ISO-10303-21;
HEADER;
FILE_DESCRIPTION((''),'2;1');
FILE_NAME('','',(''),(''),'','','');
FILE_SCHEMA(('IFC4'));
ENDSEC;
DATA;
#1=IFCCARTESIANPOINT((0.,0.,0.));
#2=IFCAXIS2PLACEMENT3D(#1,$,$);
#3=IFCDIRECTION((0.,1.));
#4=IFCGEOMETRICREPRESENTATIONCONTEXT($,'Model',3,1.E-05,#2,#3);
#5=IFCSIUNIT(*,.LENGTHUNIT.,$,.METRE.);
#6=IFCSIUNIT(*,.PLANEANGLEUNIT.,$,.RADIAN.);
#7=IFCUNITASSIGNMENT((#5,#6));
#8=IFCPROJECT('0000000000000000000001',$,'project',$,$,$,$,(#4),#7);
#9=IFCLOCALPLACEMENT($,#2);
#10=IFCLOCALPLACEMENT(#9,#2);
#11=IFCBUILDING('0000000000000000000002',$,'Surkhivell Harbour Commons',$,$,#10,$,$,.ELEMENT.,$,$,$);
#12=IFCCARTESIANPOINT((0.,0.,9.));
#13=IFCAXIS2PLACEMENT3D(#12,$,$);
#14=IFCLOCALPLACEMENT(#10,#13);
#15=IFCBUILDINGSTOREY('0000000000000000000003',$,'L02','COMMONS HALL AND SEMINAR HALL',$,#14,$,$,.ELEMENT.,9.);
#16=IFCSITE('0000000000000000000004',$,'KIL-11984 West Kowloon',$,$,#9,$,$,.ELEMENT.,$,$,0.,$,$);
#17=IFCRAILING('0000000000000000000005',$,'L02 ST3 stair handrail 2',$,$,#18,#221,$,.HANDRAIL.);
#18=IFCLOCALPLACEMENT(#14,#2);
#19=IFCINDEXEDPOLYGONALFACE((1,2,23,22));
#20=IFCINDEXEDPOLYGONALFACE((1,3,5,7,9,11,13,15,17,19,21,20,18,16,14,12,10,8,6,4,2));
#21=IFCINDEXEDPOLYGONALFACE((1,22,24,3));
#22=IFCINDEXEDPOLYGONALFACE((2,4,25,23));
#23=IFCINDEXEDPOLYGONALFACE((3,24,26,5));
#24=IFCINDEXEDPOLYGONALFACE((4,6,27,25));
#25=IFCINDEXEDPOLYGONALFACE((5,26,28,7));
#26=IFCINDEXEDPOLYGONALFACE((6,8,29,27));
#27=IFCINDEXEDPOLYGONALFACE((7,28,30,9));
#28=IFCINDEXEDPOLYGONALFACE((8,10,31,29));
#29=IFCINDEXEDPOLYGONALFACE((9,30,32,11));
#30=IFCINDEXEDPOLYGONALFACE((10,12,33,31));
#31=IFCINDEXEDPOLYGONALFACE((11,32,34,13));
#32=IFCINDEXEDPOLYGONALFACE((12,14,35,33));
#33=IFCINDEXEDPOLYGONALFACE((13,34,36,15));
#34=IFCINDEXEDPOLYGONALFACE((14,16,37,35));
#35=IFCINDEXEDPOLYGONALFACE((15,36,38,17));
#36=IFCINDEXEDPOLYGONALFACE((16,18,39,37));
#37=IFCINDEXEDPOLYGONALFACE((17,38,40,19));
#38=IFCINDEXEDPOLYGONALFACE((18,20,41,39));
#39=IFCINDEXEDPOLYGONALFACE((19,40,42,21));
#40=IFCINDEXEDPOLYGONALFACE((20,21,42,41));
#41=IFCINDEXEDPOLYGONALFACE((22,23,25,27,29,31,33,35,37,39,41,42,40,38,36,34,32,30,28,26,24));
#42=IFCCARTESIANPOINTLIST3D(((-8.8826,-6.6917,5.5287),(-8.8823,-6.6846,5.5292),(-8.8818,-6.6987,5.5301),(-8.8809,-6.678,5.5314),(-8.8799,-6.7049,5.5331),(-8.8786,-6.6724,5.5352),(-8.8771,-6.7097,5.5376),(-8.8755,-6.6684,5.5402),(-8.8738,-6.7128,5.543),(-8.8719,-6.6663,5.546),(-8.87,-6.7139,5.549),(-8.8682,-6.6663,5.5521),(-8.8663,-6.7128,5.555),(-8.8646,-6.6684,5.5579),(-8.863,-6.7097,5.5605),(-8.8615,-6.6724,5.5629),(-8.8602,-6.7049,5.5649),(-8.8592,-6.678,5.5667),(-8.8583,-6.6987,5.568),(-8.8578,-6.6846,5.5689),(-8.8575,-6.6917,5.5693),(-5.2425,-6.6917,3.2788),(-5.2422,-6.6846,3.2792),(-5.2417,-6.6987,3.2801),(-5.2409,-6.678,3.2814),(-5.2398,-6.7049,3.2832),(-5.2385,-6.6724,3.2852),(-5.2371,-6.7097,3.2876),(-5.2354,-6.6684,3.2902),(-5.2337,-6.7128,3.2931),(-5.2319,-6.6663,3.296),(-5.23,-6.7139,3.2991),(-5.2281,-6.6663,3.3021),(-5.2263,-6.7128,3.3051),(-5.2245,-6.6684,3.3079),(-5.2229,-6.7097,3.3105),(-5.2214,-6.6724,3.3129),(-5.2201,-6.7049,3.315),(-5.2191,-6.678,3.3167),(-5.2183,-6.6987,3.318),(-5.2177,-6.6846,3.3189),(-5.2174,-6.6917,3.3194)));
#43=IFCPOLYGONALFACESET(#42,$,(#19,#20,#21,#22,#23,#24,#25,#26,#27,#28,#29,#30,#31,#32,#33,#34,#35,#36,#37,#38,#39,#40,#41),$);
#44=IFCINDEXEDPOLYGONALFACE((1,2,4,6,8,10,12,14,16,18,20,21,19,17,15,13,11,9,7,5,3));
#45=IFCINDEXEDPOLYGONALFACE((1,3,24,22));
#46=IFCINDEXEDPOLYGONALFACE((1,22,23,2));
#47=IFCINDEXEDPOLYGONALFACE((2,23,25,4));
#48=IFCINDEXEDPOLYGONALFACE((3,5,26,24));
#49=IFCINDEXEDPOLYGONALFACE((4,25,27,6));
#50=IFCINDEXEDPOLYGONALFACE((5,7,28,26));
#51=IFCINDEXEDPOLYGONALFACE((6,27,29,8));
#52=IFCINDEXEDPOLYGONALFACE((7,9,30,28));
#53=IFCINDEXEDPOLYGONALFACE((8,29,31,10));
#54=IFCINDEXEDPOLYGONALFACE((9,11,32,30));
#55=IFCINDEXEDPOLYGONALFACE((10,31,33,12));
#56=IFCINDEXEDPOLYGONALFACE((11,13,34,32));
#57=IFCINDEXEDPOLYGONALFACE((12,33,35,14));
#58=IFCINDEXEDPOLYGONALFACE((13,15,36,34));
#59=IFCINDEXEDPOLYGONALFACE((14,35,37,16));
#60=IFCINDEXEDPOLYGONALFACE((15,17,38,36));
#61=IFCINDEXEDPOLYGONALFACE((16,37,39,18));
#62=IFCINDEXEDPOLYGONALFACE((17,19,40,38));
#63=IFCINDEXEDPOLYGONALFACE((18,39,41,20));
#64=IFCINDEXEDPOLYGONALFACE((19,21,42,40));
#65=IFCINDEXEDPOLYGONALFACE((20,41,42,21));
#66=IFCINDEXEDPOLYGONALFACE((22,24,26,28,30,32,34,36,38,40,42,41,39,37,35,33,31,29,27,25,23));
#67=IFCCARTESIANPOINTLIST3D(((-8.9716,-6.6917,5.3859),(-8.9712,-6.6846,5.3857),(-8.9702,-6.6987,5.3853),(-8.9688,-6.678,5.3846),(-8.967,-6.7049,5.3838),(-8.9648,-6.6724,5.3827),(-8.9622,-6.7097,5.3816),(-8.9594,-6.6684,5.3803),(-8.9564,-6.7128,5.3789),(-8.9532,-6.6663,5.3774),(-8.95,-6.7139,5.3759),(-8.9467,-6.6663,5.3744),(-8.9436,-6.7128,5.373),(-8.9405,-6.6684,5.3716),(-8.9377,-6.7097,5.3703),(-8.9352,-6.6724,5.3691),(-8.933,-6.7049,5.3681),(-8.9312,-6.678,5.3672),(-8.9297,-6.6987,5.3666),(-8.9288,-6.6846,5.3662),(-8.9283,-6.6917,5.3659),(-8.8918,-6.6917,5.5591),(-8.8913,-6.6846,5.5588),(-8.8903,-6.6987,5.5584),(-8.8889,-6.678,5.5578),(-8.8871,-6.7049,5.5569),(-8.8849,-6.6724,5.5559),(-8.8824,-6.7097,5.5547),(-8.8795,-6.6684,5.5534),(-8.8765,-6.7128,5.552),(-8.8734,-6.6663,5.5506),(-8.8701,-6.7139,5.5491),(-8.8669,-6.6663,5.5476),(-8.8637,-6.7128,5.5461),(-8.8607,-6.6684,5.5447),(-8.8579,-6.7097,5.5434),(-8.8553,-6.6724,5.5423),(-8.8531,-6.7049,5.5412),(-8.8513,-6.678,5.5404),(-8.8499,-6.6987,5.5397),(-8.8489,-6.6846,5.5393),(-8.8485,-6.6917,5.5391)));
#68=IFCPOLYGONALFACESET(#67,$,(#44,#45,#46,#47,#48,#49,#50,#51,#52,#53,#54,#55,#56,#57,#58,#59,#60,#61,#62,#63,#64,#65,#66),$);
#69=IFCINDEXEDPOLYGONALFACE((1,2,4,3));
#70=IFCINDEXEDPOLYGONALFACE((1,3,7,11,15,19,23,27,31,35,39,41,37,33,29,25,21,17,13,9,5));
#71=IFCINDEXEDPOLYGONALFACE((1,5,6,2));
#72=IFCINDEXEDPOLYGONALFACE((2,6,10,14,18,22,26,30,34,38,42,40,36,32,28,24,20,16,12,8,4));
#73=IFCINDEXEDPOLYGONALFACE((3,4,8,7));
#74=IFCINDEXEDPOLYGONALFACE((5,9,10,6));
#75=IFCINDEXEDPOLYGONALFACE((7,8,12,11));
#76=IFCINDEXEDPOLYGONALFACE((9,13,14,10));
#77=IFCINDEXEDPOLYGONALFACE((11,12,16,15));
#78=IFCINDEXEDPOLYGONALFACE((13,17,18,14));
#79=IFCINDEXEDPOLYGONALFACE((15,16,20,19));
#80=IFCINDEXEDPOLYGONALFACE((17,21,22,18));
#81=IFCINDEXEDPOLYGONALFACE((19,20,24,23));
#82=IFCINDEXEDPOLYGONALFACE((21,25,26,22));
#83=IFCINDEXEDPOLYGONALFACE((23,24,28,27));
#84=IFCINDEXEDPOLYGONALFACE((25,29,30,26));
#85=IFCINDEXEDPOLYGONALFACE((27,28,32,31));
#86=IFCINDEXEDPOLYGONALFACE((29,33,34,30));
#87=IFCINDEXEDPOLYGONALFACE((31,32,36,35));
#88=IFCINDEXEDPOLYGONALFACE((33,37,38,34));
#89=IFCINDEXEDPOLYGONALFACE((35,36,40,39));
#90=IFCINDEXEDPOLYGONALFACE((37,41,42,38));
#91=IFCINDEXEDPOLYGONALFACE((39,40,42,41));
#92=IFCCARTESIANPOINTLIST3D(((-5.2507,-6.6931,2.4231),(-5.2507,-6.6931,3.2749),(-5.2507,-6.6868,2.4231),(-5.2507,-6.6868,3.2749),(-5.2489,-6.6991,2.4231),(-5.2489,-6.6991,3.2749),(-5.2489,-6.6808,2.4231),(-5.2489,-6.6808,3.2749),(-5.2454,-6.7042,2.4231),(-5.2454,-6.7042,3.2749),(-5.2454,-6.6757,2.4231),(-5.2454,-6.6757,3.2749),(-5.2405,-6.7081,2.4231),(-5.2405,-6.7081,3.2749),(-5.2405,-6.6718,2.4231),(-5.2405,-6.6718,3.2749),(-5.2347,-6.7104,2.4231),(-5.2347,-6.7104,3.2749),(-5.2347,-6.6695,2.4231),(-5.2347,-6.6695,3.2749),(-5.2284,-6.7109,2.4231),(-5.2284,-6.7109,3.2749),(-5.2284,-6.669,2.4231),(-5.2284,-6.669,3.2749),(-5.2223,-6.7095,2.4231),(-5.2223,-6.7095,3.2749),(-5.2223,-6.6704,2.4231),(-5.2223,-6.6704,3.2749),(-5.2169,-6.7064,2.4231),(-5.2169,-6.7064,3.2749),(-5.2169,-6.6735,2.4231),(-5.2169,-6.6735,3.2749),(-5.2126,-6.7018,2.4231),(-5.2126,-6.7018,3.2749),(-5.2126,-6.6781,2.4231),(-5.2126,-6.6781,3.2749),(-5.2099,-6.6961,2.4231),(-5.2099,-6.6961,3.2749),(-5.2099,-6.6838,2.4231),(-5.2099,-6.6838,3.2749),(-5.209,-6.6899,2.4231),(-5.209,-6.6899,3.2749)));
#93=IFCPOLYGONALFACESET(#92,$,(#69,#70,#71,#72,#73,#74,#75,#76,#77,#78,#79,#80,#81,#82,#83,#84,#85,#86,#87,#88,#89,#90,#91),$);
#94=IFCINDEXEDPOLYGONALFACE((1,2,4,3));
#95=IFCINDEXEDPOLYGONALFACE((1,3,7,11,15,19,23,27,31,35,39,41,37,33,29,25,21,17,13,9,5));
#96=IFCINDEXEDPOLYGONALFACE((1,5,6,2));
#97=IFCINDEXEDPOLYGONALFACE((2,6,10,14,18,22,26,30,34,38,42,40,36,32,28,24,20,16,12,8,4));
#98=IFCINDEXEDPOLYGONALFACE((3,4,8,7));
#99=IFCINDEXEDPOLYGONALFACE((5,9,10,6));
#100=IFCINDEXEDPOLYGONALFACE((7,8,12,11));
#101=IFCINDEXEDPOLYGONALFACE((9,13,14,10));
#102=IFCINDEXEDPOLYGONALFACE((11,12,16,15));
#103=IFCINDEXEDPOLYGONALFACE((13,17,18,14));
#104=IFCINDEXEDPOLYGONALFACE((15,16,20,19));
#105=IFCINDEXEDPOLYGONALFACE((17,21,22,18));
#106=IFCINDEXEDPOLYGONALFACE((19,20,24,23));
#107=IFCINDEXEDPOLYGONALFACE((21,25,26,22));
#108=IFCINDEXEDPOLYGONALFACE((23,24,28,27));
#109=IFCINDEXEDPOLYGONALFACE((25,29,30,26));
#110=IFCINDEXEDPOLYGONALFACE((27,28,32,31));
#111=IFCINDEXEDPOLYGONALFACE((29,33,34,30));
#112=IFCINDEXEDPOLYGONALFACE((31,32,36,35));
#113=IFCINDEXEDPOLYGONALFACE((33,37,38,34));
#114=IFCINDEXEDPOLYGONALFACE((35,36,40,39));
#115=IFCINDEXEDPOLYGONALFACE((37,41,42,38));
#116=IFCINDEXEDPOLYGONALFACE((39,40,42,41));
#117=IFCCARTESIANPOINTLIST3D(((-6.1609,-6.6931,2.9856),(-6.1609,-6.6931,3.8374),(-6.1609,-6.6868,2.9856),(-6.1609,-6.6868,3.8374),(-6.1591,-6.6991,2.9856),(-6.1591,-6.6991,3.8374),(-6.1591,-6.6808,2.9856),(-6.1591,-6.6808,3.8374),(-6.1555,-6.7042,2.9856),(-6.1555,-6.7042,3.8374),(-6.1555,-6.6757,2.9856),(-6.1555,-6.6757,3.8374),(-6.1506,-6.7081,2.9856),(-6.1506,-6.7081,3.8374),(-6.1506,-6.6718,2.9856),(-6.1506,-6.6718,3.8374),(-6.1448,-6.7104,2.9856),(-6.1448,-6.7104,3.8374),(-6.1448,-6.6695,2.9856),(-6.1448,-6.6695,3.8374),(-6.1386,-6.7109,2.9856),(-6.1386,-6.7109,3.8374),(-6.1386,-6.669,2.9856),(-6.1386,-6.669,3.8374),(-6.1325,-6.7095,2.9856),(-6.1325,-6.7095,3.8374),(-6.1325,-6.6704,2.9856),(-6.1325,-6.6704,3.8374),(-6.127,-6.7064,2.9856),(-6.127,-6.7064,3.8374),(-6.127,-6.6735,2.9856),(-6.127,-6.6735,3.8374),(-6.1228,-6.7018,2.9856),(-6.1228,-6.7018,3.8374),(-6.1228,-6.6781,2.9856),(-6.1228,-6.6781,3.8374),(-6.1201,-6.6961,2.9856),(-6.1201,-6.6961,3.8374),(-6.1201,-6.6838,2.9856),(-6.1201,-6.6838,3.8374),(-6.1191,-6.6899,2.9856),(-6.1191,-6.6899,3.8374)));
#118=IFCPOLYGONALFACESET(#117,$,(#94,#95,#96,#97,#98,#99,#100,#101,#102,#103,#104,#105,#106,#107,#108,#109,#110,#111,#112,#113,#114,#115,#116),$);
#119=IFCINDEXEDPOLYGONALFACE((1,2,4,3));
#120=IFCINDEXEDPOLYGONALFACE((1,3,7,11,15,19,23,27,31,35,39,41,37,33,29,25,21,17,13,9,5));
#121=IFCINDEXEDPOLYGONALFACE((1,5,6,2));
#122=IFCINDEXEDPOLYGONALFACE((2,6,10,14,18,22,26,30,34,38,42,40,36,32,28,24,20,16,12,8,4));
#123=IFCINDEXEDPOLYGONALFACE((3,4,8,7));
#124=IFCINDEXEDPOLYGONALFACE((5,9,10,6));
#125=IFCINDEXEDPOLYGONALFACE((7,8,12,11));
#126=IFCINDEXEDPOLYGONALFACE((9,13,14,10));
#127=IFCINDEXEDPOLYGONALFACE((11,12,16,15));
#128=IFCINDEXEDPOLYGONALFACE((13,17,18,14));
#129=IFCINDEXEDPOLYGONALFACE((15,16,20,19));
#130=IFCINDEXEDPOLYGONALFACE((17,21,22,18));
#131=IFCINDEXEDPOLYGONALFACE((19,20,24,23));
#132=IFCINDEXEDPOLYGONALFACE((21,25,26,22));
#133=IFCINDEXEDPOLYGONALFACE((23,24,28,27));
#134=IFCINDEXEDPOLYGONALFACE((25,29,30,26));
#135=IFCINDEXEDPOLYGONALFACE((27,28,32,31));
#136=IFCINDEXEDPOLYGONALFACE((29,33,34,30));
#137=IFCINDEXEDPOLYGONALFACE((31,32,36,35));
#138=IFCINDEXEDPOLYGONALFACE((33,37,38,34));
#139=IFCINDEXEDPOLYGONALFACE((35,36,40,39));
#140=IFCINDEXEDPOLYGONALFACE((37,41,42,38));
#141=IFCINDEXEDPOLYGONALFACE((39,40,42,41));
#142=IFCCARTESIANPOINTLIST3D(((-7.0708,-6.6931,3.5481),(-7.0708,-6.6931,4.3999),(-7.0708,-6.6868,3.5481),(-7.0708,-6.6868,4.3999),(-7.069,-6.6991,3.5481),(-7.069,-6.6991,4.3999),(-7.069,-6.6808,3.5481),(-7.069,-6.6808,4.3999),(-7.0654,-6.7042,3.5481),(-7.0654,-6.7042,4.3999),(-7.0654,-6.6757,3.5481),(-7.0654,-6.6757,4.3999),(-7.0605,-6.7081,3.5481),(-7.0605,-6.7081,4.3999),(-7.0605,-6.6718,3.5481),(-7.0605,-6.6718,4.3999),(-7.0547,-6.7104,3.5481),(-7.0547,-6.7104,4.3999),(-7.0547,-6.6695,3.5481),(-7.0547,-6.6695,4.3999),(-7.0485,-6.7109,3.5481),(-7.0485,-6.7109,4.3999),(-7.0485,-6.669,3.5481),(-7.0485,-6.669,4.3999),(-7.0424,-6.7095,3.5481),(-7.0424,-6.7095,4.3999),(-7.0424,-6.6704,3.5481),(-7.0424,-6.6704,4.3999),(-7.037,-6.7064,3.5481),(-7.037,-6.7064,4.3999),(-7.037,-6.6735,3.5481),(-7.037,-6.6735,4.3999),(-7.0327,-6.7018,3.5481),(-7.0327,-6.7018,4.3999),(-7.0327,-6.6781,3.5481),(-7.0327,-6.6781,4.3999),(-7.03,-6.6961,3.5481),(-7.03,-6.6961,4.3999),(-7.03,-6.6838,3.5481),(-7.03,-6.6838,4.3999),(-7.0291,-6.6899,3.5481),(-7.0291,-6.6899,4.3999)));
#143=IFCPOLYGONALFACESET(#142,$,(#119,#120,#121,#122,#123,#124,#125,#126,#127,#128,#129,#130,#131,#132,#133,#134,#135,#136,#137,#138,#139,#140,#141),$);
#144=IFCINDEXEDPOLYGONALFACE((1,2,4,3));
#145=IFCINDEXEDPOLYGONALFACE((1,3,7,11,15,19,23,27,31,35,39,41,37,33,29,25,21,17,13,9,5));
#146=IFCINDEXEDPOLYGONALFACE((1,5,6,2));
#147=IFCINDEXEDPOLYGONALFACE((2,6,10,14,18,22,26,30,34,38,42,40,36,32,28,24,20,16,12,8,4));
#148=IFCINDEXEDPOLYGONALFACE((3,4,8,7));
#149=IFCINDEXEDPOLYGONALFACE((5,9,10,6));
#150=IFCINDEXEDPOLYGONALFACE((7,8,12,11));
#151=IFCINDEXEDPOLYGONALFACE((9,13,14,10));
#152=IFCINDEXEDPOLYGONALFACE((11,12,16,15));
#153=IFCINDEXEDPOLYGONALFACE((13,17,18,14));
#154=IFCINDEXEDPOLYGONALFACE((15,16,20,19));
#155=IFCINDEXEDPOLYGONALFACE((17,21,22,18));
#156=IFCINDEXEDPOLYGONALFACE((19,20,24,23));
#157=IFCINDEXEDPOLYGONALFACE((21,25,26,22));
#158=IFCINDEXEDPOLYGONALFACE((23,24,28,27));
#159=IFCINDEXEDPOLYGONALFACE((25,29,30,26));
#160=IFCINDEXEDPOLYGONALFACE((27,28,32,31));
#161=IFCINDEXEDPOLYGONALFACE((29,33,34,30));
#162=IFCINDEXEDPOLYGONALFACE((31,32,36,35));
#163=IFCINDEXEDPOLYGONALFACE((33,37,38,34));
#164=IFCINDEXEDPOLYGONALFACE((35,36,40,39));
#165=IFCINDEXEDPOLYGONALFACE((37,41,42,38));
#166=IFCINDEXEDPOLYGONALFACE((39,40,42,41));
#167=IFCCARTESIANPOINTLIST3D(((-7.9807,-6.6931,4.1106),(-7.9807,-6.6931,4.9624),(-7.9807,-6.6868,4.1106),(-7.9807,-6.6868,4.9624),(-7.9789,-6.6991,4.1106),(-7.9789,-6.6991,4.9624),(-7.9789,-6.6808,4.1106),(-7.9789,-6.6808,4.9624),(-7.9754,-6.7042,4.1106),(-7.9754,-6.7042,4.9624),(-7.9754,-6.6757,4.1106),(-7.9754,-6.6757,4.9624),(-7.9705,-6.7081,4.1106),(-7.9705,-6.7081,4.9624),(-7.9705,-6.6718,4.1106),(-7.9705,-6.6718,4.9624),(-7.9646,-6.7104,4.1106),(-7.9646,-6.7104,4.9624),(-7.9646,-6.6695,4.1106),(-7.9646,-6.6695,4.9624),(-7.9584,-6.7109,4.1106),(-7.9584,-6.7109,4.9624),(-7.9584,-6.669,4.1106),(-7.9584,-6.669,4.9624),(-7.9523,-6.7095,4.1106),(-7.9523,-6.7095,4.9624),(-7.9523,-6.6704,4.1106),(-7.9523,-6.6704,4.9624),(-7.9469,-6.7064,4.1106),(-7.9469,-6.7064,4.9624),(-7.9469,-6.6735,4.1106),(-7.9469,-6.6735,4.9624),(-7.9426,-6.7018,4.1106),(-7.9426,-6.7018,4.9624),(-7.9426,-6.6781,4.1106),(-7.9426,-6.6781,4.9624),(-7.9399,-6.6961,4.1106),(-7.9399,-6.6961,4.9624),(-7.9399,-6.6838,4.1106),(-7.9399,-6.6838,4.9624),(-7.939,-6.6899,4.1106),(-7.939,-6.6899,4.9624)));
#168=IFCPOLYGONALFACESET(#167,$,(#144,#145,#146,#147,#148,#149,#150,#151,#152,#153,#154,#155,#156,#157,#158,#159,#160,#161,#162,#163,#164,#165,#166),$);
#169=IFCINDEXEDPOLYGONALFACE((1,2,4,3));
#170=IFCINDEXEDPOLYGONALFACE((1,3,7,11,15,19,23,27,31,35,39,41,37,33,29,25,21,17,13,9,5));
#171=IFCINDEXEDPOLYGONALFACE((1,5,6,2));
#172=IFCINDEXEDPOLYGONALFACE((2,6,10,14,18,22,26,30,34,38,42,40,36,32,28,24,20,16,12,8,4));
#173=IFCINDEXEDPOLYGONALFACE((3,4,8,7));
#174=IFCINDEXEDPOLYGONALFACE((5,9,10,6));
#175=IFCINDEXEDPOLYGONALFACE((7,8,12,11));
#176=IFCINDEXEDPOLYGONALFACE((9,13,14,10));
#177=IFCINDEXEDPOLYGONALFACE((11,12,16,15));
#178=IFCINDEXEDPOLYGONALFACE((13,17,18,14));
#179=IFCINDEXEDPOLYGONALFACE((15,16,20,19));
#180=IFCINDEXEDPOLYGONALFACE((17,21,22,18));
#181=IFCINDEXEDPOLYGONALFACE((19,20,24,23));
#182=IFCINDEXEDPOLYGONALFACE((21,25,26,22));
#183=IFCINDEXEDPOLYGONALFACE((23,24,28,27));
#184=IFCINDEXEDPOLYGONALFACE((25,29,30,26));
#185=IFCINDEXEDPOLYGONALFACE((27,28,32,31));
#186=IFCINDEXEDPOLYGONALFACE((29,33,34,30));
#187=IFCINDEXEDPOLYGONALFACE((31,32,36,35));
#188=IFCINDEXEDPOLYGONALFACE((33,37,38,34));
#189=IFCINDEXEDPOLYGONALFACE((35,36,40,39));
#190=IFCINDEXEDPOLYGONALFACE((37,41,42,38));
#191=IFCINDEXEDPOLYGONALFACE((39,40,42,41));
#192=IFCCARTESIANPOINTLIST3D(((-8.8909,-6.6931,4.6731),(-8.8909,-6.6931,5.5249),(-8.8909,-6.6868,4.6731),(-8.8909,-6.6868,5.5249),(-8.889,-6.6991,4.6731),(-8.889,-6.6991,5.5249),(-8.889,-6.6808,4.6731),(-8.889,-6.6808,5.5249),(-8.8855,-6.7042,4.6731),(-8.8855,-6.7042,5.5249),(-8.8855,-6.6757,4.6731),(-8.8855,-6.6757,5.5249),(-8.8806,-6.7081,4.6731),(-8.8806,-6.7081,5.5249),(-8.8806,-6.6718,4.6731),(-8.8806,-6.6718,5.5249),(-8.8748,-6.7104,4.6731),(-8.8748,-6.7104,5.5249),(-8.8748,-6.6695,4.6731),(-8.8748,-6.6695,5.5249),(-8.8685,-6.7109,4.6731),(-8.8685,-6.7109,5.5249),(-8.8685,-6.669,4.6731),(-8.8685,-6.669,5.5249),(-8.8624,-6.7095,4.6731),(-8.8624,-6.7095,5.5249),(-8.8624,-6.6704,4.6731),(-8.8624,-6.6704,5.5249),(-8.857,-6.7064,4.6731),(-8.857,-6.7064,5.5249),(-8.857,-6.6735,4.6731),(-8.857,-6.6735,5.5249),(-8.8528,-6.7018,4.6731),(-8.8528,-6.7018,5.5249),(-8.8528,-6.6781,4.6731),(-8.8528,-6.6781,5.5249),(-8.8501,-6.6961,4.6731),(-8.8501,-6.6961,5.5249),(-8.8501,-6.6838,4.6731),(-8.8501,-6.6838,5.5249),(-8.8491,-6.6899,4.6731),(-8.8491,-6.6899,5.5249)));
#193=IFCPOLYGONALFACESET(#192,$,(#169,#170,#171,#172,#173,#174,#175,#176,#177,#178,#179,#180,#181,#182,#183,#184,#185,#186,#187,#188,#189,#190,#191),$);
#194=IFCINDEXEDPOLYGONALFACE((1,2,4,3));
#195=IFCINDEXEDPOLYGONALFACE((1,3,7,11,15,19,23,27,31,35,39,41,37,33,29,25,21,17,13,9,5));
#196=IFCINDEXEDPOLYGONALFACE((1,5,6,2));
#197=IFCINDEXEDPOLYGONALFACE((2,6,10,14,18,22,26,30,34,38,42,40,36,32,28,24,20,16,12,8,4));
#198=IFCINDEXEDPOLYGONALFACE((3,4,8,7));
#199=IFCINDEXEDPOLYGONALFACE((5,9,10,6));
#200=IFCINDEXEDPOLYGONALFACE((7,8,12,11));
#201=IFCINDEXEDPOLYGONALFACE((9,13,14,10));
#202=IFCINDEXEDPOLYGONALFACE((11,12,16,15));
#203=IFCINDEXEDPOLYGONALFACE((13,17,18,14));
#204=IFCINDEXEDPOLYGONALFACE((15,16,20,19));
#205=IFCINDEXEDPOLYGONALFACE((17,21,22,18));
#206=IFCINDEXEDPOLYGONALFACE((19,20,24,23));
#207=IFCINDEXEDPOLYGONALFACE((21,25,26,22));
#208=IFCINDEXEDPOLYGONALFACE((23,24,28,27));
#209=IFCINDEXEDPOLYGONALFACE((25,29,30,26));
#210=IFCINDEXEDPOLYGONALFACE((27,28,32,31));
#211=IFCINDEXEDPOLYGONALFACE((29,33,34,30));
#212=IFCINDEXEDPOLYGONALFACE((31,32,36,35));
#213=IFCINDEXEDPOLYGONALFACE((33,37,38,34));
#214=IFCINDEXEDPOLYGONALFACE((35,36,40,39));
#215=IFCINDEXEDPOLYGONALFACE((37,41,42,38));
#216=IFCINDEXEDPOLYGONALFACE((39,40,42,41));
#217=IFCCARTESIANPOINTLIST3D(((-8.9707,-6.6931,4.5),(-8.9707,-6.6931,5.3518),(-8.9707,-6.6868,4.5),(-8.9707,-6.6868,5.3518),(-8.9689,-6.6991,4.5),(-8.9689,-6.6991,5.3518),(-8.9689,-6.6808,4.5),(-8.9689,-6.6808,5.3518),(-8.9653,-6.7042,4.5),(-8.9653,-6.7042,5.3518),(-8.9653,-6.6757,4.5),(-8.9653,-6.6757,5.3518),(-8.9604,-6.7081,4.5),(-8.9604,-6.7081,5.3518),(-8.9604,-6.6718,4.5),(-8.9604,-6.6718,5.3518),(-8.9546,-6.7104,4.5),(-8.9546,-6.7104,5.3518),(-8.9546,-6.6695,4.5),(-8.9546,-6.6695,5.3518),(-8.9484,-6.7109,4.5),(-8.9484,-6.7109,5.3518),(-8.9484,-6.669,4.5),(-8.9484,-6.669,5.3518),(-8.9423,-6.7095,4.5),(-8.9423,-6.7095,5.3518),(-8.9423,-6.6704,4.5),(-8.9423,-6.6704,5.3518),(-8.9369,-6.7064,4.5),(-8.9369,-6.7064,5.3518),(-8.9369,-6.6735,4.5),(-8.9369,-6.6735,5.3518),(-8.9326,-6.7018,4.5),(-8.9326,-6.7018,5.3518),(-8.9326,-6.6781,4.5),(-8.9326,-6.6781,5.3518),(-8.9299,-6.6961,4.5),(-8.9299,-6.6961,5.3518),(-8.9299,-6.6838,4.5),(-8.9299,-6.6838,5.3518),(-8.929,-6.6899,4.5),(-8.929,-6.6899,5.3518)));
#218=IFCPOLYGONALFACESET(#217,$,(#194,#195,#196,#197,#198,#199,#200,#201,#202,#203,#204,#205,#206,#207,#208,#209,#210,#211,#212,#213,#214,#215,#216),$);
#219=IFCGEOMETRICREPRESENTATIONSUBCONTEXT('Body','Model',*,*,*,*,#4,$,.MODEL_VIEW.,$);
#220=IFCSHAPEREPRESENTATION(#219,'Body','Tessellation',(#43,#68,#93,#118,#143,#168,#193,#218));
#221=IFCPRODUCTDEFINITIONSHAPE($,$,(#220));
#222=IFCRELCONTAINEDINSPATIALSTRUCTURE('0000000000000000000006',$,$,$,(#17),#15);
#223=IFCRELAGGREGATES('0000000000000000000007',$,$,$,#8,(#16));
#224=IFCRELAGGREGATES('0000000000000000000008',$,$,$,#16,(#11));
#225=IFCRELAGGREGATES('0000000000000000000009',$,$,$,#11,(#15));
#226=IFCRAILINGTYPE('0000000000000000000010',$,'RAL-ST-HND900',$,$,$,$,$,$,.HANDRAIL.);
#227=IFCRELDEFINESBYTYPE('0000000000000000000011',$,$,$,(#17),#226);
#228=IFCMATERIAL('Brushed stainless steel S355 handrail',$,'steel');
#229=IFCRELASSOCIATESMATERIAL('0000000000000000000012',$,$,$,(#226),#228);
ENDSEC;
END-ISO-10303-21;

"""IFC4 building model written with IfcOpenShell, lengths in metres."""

from ifc_helpers import new_model, si_unit, direction, frame, origin, origin_2d, place, context, subcontext, project, spatial, circle, extrude, material, type_object, element, save


model = new_model("IFC4")

# Units and contexts
model_context = context("Model", 3, precision=1e-05, world=origin(), true_north=direction((0.0, 1.0)))
body_context = subcontext(model_context, "Body", "Model", "MODEL_VIEW")
ifc_project = project(units=[si_unit("LENGTHUNIT", "METRE"), si_unit("PLANEANGLEUNIT", "RADIAN")], contexts=[model_context])

# Site, building, storey
site_placement = place(None, origin())
site = spatial("IfcSite", under=ifc_project, at=site_placement, Name="KIL-11984 West Kowloon", CompositionType="ELEMENT", RefElevation=0.0)
building_placement = place(site_placement, origin())
building = spatial("IfcBuilding", under=site, at=building_placement, Name="Surkhivell Harbour Commons", CompositionType="ELEMENT")
storey_placement = place(building_placement, frame((0.0, 0.0, 9.0)))
storey = spatial("IfcBuildingStorey", under=building, at=storey_placement, Name="L02", Description="COMMONS HALL AND SEMINAR HALL", CompositionType="ELEMENT", Elevation=9.0)

# Railing
ifc_material_1 = material(Name="Brushed stainless steel S355 handrail", Category="steel")
railing_type_1 = type_object("IfcRailingType", Name="RAL-ST-HND900", PredefinedType="HANDRAIL", material=ifc_material_1)
railing_1_placement = place(storey_placement, frame((-5.23, -6.6899, 2.4231)))
element("IfcRailing", 1, at=railing_1_placement, inside=storey, type_object=railing_type_1, Name="L02 ST3 stair handrail 2", PredefinedType="HANDRAIL", context=body_context, shape_type="SweptSolid", body=[
    extrude(circle(Radius=0.0239, at=origin_2d()), frame((0.0, 0.0, 0.876), z_axis=(-0.850622, 0.0, 0.525777), x_axis=(0.0, -1.0, 0.0)), (0.0, 0.0, 1.0), 4.2793),
    extrude(circle(Radius=0.0239, at=origin_2d()), frame((-3.6401, 0.0, 3.126), z_axis=(-0.418815, 0.0, -0.908072), x_axis=(0.0, -1.0, 0.0)), (0.0, 0.0, 1.0), 0.1907),
    extrude(circle(Radius=0.021, at=origin_2d()), origin(), (0.0, 0.0, 1.0), 0.8518),
    extrude(circle(Radius=0.021, at=origin_2d()), frame((-0.9102, 0.0, 0.5625)), (0.0, 0.0, 1.0), 0.8518),
    extrude(circle(Radius=0.021, at=origin_2d()), frame((-1.8201, 0.0, 1.125)), (0.0, 0.0, 1.0), 0.8518),
    extrude(circle(Radius=0.021, at=origin_2d()), frame((-2.73, 0.0, 1.6875)), (0.0, 0.0, 1.0), 0.8518),
    extrude(circle(Radius=0.021, at=origin_2d()), frame((-3.6401, 0.0, 2.25)), (0.0, 0.0, 1.0), 0.8518),
    extrude(circle(Radius=0.021, at=origin_2d()), frame((-3.72, 0.0, 2.0769)), (0.0, 0.0, 1.0), 0.8518),
])

save(model, "model.ifc")
